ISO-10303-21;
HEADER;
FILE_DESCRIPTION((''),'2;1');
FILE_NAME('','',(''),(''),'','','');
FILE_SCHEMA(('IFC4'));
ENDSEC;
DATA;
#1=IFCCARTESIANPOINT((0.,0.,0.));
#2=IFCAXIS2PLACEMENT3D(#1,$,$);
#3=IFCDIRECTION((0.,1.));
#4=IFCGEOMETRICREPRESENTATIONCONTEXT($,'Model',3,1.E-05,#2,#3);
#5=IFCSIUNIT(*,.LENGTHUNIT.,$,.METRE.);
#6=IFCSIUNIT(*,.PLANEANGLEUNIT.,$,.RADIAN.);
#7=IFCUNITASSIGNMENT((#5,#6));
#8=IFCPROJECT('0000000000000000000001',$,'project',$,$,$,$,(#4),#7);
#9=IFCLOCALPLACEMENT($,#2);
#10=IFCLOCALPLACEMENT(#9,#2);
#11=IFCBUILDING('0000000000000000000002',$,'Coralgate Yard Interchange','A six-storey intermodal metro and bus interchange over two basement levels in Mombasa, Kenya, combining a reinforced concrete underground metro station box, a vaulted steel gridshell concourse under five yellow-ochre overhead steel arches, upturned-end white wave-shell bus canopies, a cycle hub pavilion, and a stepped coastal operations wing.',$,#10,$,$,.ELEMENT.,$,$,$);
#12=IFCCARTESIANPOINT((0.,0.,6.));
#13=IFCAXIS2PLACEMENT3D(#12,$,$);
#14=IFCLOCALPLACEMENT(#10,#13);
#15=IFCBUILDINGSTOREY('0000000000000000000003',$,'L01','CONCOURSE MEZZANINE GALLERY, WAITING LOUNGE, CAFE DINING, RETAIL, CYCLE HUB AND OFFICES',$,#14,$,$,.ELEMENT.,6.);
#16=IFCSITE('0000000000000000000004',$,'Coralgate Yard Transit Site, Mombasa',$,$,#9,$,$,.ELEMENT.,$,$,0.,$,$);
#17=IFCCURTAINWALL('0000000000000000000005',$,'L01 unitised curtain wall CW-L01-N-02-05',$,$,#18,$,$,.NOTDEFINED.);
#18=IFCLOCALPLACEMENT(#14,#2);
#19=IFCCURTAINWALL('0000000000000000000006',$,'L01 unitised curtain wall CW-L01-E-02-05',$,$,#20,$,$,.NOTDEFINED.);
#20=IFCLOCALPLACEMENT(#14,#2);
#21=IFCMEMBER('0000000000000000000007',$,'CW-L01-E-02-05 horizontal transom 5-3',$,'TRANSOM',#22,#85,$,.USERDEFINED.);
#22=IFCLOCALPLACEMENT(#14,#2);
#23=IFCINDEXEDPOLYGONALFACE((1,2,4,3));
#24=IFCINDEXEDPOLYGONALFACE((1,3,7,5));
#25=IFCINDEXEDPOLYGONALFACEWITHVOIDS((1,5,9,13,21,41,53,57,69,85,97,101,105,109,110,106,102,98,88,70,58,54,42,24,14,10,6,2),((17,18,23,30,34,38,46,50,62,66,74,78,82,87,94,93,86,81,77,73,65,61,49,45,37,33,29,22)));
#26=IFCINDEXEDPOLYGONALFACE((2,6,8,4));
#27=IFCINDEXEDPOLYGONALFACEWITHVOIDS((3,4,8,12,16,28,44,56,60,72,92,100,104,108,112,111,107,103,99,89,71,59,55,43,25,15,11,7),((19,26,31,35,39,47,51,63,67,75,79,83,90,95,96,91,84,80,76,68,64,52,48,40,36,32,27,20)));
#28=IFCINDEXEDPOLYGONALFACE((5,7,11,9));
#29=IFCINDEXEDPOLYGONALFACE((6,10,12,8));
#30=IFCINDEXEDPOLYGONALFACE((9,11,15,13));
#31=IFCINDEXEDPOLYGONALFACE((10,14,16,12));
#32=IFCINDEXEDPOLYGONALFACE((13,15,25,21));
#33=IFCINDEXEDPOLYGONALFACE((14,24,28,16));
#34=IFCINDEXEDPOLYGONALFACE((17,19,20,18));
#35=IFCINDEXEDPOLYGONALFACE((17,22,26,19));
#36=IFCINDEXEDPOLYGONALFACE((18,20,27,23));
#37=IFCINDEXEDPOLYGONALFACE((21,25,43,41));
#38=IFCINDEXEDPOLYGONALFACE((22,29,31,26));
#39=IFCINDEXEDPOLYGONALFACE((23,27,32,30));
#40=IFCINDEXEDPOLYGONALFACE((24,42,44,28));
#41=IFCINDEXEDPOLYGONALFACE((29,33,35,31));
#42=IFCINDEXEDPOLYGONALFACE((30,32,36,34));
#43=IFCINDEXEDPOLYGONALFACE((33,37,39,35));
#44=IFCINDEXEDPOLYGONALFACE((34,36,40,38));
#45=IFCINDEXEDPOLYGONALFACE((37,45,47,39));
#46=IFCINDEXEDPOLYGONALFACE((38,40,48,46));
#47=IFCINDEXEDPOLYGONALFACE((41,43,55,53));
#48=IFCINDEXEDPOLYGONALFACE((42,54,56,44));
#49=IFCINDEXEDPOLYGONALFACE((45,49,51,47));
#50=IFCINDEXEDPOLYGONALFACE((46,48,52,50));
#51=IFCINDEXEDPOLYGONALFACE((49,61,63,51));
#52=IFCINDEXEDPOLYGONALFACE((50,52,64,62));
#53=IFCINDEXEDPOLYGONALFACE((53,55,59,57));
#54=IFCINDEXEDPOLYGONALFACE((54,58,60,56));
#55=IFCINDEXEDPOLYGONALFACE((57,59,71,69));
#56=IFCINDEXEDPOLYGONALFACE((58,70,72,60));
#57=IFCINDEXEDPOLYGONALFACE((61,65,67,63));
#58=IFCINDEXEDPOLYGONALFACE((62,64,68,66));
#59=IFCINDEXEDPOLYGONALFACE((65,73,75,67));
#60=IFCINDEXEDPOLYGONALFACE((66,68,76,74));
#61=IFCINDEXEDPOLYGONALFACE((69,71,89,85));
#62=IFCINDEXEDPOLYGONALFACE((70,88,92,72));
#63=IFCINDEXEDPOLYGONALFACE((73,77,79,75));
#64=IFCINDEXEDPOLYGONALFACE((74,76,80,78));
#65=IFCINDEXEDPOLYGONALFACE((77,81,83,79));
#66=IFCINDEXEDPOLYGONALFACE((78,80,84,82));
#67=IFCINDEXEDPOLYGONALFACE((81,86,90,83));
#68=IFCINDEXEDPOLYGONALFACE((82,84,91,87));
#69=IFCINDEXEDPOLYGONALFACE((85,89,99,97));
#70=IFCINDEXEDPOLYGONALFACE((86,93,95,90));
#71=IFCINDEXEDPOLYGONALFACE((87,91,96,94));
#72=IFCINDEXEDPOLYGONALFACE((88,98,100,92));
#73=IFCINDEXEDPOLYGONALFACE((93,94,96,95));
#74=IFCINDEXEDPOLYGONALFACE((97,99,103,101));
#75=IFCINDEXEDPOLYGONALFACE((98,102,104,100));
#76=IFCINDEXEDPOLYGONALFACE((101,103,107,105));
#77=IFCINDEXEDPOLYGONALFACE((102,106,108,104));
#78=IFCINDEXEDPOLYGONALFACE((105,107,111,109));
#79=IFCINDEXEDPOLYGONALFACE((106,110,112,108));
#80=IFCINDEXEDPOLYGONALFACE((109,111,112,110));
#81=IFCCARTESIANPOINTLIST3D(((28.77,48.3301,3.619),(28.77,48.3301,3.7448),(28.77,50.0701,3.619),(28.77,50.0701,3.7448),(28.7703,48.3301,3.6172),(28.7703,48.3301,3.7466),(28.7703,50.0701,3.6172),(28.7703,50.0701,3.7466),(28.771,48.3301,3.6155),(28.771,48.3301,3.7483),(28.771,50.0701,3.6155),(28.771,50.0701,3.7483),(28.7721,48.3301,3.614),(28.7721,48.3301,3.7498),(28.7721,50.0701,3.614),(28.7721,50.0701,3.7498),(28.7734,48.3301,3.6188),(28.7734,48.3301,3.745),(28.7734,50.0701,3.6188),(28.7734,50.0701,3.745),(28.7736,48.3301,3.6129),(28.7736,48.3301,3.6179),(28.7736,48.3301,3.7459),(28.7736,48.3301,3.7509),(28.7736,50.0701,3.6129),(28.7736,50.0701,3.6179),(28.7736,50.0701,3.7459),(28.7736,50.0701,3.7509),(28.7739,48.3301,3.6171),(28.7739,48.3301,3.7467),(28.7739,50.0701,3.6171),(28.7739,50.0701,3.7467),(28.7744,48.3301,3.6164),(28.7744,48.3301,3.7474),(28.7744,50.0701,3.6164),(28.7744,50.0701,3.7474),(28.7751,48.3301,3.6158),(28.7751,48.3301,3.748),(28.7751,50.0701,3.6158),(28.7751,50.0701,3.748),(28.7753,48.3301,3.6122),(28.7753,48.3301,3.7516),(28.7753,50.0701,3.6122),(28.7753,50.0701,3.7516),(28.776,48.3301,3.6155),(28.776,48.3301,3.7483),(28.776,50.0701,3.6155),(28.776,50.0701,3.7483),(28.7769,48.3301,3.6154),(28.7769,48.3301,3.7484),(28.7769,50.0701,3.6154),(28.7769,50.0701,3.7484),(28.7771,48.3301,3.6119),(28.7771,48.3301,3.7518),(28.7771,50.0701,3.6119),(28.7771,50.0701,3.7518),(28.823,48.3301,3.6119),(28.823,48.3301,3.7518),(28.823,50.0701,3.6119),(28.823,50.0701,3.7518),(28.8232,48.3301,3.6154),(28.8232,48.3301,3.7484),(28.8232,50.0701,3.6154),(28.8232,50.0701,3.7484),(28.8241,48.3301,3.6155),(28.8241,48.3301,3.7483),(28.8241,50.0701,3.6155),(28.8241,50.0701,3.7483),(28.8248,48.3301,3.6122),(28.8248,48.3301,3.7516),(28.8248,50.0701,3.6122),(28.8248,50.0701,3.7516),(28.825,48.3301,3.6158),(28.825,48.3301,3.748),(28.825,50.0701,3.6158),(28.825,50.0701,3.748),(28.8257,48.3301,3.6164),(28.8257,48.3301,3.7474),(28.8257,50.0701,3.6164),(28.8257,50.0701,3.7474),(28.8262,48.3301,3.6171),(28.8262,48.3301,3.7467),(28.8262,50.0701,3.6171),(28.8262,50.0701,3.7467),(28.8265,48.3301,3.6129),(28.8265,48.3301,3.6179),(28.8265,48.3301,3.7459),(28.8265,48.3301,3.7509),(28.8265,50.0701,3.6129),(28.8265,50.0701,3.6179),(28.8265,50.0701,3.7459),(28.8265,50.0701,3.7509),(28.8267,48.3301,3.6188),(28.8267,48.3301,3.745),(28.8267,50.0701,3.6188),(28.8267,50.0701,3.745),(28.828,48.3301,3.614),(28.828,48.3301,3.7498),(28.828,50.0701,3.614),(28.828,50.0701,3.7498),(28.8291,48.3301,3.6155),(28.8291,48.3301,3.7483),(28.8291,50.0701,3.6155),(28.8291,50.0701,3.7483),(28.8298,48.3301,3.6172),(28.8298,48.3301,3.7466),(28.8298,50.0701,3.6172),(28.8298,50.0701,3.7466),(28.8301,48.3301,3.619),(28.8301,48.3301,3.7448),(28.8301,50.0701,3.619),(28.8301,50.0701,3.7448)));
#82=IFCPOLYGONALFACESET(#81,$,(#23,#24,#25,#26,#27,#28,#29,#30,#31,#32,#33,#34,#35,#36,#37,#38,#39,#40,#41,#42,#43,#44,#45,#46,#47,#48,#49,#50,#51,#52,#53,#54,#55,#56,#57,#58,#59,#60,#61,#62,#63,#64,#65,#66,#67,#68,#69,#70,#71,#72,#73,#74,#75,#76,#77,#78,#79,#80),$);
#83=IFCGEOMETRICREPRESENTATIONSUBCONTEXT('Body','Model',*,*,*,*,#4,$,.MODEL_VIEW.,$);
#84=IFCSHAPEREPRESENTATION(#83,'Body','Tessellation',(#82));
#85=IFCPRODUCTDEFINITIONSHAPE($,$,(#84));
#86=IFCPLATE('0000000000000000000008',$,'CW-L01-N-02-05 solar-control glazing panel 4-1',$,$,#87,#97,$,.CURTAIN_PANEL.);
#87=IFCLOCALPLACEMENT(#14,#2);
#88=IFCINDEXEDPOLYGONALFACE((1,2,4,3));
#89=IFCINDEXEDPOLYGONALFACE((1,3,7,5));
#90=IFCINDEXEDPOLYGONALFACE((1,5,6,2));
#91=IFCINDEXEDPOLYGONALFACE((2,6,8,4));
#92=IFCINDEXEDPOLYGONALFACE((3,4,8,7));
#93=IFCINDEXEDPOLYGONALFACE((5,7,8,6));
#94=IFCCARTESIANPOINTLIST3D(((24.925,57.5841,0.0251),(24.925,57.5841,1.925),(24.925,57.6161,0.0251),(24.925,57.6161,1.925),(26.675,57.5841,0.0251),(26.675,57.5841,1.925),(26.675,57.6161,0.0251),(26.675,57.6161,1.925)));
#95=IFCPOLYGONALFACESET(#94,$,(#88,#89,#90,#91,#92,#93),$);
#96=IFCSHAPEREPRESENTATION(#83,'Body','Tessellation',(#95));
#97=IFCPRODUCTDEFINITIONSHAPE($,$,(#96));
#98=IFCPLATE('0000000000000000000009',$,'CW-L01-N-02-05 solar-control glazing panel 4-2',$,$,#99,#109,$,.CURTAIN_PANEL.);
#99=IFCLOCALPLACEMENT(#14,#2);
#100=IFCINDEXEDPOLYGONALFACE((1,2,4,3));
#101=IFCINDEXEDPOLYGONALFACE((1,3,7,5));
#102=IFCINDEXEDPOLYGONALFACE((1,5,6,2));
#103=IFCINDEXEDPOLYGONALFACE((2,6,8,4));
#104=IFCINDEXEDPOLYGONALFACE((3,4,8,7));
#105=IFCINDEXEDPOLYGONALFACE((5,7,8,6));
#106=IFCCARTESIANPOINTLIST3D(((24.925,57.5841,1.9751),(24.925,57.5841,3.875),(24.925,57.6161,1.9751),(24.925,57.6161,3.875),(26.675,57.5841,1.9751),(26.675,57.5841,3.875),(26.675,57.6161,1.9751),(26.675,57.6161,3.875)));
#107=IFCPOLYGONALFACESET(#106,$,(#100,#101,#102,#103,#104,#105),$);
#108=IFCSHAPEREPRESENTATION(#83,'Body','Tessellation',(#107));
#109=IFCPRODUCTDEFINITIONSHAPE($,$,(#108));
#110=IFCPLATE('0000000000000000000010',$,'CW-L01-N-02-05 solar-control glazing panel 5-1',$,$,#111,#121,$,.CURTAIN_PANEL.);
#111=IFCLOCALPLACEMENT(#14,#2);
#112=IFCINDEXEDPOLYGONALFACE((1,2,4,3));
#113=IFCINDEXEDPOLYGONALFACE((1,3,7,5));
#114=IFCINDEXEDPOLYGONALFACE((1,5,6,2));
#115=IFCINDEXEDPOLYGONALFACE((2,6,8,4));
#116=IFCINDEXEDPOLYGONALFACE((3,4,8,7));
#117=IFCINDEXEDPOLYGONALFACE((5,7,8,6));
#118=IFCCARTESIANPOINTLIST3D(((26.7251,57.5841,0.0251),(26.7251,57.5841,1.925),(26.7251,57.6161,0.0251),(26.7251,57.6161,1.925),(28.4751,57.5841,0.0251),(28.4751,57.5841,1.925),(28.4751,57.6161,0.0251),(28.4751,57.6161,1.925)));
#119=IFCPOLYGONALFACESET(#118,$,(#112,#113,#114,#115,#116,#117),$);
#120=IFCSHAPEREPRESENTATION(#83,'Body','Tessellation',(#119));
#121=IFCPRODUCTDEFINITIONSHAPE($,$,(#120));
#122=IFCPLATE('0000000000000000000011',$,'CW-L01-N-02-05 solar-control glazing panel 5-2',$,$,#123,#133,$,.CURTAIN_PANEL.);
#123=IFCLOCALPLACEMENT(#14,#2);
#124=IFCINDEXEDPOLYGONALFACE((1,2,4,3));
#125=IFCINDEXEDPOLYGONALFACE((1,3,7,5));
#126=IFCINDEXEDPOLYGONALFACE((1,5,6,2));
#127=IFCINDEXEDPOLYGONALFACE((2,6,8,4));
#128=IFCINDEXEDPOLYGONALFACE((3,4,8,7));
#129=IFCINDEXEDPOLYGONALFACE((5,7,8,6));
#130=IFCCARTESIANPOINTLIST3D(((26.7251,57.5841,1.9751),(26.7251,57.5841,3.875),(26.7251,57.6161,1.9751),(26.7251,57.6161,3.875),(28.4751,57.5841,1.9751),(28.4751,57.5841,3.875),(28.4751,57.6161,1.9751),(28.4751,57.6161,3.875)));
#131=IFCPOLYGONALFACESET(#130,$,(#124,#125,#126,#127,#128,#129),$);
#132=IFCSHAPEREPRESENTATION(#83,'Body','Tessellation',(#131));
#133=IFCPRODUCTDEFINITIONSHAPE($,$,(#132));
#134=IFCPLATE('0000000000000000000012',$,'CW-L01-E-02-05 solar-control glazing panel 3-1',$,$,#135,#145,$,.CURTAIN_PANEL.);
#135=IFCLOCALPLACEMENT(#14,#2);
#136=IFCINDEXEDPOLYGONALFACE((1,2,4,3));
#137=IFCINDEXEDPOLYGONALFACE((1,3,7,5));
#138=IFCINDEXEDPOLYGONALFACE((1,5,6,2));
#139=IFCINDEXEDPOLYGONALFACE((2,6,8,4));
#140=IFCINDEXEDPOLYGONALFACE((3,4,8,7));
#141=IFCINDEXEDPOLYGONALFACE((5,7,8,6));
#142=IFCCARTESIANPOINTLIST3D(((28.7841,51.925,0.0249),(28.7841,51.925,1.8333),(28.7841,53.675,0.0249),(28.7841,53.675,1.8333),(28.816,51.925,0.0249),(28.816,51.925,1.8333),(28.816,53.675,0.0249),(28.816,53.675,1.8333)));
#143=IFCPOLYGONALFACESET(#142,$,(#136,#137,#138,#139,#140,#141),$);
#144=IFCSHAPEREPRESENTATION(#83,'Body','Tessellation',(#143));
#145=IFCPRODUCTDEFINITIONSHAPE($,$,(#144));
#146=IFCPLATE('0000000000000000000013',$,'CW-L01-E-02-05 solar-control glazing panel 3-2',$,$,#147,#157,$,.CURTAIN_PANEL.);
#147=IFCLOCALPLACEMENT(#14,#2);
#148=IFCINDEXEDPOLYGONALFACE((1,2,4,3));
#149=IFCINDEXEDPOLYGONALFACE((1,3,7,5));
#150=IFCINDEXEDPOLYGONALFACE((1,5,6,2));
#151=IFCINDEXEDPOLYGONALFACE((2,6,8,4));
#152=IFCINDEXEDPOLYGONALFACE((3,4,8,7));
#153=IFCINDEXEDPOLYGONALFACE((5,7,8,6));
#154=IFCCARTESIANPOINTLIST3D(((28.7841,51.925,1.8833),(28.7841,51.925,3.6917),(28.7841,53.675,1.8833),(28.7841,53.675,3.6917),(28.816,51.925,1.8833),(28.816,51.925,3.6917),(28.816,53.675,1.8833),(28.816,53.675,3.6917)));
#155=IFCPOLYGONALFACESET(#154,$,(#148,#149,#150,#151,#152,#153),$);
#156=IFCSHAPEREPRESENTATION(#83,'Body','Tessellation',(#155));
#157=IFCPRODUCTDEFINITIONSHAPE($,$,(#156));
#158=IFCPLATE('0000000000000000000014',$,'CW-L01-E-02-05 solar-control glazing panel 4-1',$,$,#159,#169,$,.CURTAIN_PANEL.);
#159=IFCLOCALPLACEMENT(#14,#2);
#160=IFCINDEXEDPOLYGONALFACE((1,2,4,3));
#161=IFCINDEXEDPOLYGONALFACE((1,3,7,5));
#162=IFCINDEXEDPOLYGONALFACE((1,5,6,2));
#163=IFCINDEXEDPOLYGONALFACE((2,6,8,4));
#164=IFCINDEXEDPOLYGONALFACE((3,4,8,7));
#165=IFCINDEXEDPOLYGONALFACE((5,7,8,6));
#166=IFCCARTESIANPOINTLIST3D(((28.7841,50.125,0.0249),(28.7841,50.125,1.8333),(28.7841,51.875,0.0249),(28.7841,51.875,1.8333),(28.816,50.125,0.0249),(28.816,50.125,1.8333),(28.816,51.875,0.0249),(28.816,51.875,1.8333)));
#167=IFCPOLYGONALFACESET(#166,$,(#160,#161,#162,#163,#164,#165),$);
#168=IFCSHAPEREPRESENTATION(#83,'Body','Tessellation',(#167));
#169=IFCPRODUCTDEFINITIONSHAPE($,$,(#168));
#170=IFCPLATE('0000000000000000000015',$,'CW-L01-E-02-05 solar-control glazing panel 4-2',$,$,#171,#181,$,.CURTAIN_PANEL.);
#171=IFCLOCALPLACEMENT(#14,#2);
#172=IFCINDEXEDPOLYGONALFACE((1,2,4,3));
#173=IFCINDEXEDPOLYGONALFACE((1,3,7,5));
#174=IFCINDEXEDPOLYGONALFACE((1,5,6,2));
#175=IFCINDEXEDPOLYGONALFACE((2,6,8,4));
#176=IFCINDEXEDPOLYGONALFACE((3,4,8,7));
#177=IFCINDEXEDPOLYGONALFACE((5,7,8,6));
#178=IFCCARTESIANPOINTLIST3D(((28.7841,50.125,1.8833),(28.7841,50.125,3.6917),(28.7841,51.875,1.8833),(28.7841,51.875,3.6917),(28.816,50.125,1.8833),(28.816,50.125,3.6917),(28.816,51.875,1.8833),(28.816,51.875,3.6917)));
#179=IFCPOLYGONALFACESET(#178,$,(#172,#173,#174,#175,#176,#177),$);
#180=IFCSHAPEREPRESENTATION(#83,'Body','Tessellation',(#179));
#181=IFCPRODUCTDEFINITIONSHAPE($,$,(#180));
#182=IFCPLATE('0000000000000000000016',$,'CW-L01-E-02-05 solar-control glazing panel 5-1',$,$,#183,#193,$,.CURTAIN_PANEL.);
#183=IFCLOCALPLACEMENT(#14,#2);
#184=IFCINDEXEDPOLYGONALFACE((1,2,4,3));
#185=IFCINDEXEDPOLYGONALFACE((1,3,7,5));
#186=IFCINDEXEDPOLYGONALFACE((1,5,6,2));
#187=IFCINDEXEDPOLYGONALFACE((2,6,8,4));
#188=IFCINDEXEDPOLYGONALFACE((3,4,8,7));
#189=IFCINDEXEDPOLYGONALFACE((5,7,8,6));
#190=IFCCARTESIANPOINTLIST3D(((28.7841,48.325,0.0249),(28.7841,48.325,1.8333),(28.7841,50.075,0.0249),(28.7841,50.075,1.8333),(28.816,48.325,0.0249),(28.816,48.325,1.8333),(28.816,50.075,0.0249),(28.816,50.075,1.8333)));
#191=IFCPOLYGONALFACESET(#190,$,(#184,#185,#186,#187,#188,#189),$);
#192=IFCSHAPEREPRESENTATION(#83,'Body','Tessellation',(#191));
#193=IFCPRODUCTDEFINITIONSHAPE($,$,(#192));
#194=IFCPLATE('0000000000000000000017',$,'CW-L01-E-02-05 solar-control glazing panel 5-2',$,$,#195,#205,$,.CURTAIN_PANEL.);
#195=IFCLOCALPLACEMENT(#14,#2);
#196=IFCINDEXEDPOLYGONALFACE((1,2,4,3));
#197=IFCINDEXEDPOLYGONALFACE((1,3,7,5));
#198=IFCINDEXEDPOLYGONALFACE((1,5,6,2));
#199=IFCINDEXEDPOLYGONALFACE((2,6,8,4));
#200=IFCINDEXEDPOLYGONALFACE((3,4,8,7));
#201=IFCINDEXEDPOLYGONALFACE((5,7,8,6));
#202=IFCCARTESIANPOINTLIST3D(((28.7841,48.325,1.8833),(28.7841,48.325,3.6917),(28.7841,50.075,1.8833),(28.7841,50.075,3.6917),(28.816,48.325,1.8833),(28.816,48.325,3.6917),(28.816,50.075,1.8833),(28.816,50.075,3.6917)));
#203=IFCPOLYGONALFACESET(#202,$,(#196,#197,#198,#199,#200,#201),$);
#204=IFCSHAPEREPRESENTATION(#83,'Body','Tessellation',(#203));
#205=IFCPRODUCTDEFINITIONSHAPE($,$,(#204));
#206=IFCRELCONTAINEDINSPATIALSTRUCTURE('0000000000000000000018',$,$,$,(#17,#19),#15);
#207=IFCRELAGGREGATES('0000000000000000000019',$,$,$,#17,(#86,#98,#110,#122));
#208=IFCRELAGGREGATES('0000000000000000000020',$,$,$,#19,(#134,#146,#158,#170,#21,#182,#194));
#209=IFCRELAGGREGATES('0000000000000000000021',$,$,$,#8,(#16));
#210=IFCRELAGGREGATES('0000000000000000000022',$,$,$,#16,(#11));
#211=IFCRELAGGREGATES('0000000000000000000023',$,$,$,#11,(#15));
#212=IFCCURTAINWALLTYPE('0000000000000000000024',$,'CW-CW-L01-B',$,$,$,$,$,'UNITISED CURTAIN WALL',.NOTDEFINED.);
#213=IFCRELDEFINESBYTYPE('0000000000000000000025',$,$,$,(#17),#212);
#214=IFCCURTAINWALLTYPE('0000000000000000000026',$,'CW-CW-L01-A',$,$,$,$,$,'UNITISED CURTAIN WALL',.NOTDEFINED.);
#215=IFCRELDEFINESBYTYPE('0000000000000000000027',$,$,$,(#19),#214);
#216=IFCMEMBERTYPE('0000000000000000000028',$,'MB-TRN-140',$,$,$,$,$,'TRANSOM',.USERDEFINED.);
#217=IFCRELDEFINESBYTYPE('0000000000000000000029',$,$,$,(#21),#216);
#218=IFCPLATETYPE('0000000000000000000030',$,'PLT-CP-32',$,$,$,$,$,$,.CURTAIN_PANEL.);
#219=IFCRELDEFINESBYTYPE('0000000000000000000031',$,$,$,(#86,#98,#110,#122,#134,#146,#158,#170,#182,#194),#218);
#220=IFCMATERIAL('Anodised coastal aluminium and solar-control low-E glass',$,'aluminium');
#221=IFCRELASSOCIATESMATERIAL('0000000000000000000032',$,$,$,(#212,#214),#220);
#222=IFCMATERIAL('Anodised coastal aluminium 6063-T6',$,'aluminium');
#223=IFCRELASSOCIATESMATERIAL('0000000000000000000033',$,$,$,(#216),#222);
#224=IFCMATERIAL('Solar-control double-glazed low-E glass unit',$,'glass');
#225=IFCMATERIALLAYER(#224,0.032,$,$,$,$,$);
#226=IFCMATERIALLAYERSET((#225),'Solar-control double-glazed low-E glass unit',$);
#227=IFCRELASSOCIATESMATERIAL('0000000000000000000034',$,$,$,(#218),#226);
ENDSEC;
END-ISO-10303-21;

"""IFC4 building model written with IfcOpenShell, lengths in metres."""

from ifc_helpers import new_model, si_unit, direction, frame, origin, origin_2d, place, context, subcontext, project, spatial, rectangle, hollow_rectangle, extrude, material, layer, layer_set, material_profile, profile_set, type_object, element, aggregate, save


model = new_model("IFC4")

# Units and contexts
model_context = context("Model", 3, precision=1e-05, world=origin(), true_north=direction((0.0, 1.0)))
body_context = subcontext(model_context, "Body", "Model", "MODEL_VIEW")
ifc_project = project(units=[si_unit("LENGTHUNIT", "METRE"), si_unit("PLANEANGLEUNIT", "RADIAN")], contexts=[model_context])

# Site, building, storey
site_placement = place(None, origin())
site = spatial("IfcSite", under=ifc_project, at=site_placement, Name="Coralgate Yard Transit Site, Mombasa", CompositionType="ELEMENT", RefElevation=0.0)
building_placement = place(site_placement, origin())
building = spatial("IfcBuilding", under=site, at=building_placement, Name="Coralgate Yard Interchange", Description="A six-storey intermodal metro and bus interchange over two basement levels in Mombasa, Kenya, combining a reinforced concrete underground metro station box, a vaulted steel gridshell concourse under five yellow-ochre overhead steel arches, upturned-end white wave-shell bus canopies, a cycle hub pavilion, and a stepped coastal operations wing.", CompositionType="ELEMENT")
storey_placement = place(building_placement, frame((0.0, 0.0, 6.0)))
storey = spatial("IfcBuildingStorey", under=building, at=storey_placement, Name="L01", Description="CONCOURSE MEZZANINE GALLERY, WAITING LOUNGE, CAFE DINING, RETAIL, CYCLE HUB AND OFFICES", CompositionType="ELEMENT", Elevation=6.0)

# Curtain walls
ifc_material_1 = material(Name="Anodised coastal aluminium and solar-control low-E glass", Category="aluminium")
curtain_wall_type_1 = type_object("IfcCurtainWallType", Name="CW-CW-L01-B", ElementType="UNITISED CURTAIN WALL", PredefinedType="NOTDEFINED", material=ifc_material_1)
curtain_wall_1_placement = place(storey_placement, origin())
curtain_wall_1 = element("IfcCurtainWall", 1, at=curtain_wall_1_placement, inside=storey, type_object=curtain_wall_type_1, Name="L01 unitised curtain wall CW-L01-N-02-05", PredefinedType="NOTDEFINED")
ifc_material_2 = material(Name="Anodised coastal aluminium 6063-T6", Category="aluminium")
curtain_wall_type_2 = type_object("IfcCurtainWallType", Name="CW-CW-L01-A", ElementType="UNITISED CURTAIN WALL", PredefinedType="NOTDEFINED", material=ifc_material_1)
curtain_wall_2_placement = place(storey_placement, origin())
curtain_wall_2 = element("IfcCurtainWall", 2, at=curtain_wall_2_placement, inside=storey, type_object=curtain_wall_type_2, Name="L01 unitised curtain wall CW-L01-E-02-05", PredefinedType="NOTDEFINED")

# Member
ifc_material_profile_1 = material_profile(ifc_material_2, hollow_rectangle(XDim=0.0601, YDim=0.1399, WallThickness=0.0034, InnerFilletRadius=0.0034, OuterFilletRadius=0.0071, at=origin_2d()), Name="ALU 60x140x3.5")
ifc_profile_set_1 = profile_set([ifc_material_profile_1], Name="Anodised coastal aluminium 6063-T6")
member_type_1 = type_object("IfcMemberType", Name="MB-TRN-140", ElementType="TRANSOM", PredefinedType="USERDEFINED", material=ifc_profile_set_1)
member_1_placement = place(storey_placement, frame((28.8, 50.0701, 3.6819), z_axis=(0.0, -1.0, 0.0), x_axis=(1.0, 0.0, 0.0)))
member_1 = element("IfcMember", 3, at=member_1_placement, type_object=member_type_1, Name="CW-L01-E-02-05 horizontal transom 5-3", ObjectType="TRANSOM", PredefinedType="USERDEFINED", context=body_context, shape_type="SweptSolid", body=[
    extrude(hollow_rectangle(XDim=0.0601, YDim=0.1399, WallThickness=0.0034, InnerFilletRadius=0.0034, OuterFilletRadius=0.0071, at=origin_2d()), origin(), (0.0, 0.0, 1.0), 1.74),
])

# Plates
ifc_material_3 = material(Name="Solar-control double-glazed low-E glass unit", Category="glass")
ifc_layer_1 = layer(ifc_material_3, 0.032)
ifc_layer_set_1 = layer_set([ifc_layer_1], Name="Solar-control double-glazed low-E glass unit")
plate_type = type_object("IfcPlateType", Name="PLT-CP-32", PredefinedType="CURTAIN_PANEL", material=ifc_layer_set_1)
plate_1_placement = place(storey_placement, frame((25.8, 57.6001, 0.0251), z_axis=(0.0, 0.0, 1.0), x_axis=(1.0, 0.0, 0.0)))
plate_1 = element("IfcPlate", 4, at=plate_1_placement, type_object=plate_type, Name="CW-L01-N-02-05 solar-control glazing panel 4-1", PredefinedType="CURTAIN_PANEL", context=body_context, shape_type="SweptSolid", body=[
    extrude(rectangle(XDim=1.75, YDim=0.032, at=origin_2d()), origin(), (0.0, 0.0, 1.0), 1.8999),
])
plate_2_placement = place(storey_placement, frame((25.8, 57.6001, 1.9751), z_axis=(0.0, 0.0, 1.0), x_axis=(1.0, 0.0, 0.0)))
plate_2 = element("IfcPlate", 5, at=plate_2_placement, type_object=plate_type, Name="CW-L01-N-02-05 solar-control glazing panel 4-2", PredefinedType="CURTAIN_PANEL", context=body_context, shape_type="SweptSolid", body=[
    extrude(rectangle(XDim=1.75, YDim=0.032, at=origin_2d()), origin(), (0.0, 0.0, 1.0), 1.8999),
])
plate_3_placement = place(storey_placement, frame((27.6001, 57.6001, 0.0251), z_axis=(0.0, 0.0, 1.0), x_axis=(1.0, 0.0, 0.0)))
plate_3 = element("IfcPlate", 6, at=plate_3_placement, type_object=plate_type, Name="CW-L01-N-02-05 solar-control glazing panel 5-1", PredefinedType="CURTAIN_PANEL", context=body_context, shape_type="SweptSolid", body=[
    extrude(rectangle(XDim=1.75, YDim=0.032, at=origin_2d()), origin(), (0.0, 0.0, 1.0), 1.8999),
])
plate_4_placement = place(storey_placement, frame((27.6001, 57.6001, 1.9751), z_axis=(0.0, 0.0, 1.0), x_axis=(1.0, 0.0, 0.0)))
plate_4 = element("IfcPlate", 7, at=plate_4_placement, type_object=plate_type, Name="CW-L01-N-02-05 solar-control glazing panel 5-2", PredefinedType="CURTAIN_PANEL", context=body_context, shape_type="SweptSolid", body=[
    extrude(rectangle(XDim=1.75, YDim=0.032, at=origin_2d()), origin(), (0.0, 0.0, 1.0), 1.8999),
])
aggregate(curtain_wall_1, [plate_1, plate_2, plate_3, plate_4])
plate_5_placement = place(storey_placement, frame((28.8, 52.8, 0.0249), z_axis=(0.0, 0.0, 1.0), x_axis=(0.0, -1.0, 0.0)))
plate_5 = element("IfcPlate", 8, at=plate_5_placement, type_object=plate_type, Name="CW-L01-E-02-05 solar-control glazing panel 3-1", PredefinedType="CURTAIN_PANEL", context=body_context, shape_type="SweptSolid", body=[
    extrude(rectangle(XDim=1.75, YDim=0.032, at=origin_2d()), origin(), (0.0, 0.0, 1.0), 1.8083),
])
plate_6_placement = place(storey_placement, frame((28.8, 52.8, 1.8833), z_axis=(0.0, 0.0, 1.0), x_axis=(0.0, -1.0, 0.0)))
plate_6 = element("IfcPlate", 9, at=plate_6_placement, type_object=plate_type, Name="CW-L01-E-02-05 solar-control glazing panel 3-2", PredefinedType="CURTAIN_PANEL", context=body_context, shape_type="SweptSolid", body=[
    extrude(rectangle(XDim=1.75, YDim=0.032, at=origin_2d()), origin(), (0.0, 0.0, 1.0), 1.8083),
])
plate_7_placement = place(storey_placement, frame((28.8, 51.0, 0.0249), z_axis=(0.0, 0.0, 1.0), x_axis=(0.0, -1.0, 0.0)))
plate_7 = element("IfcPlate", 10, at=plate_7_placement, type_object=plate_type, Name="CW-L01-E-02-05 solar-control glazing panel 4-1", PredefinedType="CURTAIN_PANEL", context=body_context, shape_type="SweptSolid", body=[
    extrude(rectangle(XDim=1.75, YDim=0.032, at=origin_2d()), origin(), (0.0, 0.0, 1.0), 1.8083),
])
plate_8_placement = place(storey_placement, frame((28.8, 51.0, 1.8833), z_axis=(0.0, 0.0, 1.0), x_axis=(0.0, -1.0, 0.0)))
plate_8 = element("IfcPlate", 11, at=plate_8_placement, type_object=plate_type, Name="CW-L01-E-02-05 solar-control glazing panel 4-2", PredefinedType="CURTAIN_PANEL", context=body_context, shape_type="SweptSolid", body=[
    extrude(rectangle(XDim=1.75, YDim=0.032, at=origin_2d()), origin(), (0.0, 0.0, 1.0), 1.8083),
])
plate_9_placement = place(storey_placement, frame((28.8, 49.2, 0.0249), z_axis=(0.0, 0.0, 1.0), x_axis=(0.0, -1.0, 0.0)))
plate_9 = element("IfcPlate", 12, at=plate_9_placement, type_object=plate_type, Name="CW-L01-E-02-05 solar-control glazing panel 5-1", PredefinedType="CURTAIN_PANEL", context=body_context, shape_type="SweptSolid", body=[
    extrude(rectangle(XDim=1.75, YDim=0.032, at=origin_2d()), origin(), (0.0, 0.0, 1.0), 1.8083),
])
plate_10_placement = place(storey_placement, frame((28.8, 49.2, 1.8833), z_axis=(0.0, 0.0, 1.0), x_axis=(0.0, -1.0, 0.0)))
plate_10 = element("IfcPlate", 13, at=plate_10_placement, type_object=plate_type, Name="CW-L01-E-02-05 solar-control glazing panel 5-2", PredefinedType="CURTAIN_PANEL", context=body_context, shape_type="SweptSolid", body=[
    extrude(rectangle(XDim=1.75, YDim=0.032, at=origin_2d()), origin(), (0.0, 0.0, 1.0), 1.8083),
])
aggregate(curtain_wall_2, [plate_5, plate_6, plate_7, plate_8, member_1, plate_9, plate_10])

save(model, "model.ifc")
